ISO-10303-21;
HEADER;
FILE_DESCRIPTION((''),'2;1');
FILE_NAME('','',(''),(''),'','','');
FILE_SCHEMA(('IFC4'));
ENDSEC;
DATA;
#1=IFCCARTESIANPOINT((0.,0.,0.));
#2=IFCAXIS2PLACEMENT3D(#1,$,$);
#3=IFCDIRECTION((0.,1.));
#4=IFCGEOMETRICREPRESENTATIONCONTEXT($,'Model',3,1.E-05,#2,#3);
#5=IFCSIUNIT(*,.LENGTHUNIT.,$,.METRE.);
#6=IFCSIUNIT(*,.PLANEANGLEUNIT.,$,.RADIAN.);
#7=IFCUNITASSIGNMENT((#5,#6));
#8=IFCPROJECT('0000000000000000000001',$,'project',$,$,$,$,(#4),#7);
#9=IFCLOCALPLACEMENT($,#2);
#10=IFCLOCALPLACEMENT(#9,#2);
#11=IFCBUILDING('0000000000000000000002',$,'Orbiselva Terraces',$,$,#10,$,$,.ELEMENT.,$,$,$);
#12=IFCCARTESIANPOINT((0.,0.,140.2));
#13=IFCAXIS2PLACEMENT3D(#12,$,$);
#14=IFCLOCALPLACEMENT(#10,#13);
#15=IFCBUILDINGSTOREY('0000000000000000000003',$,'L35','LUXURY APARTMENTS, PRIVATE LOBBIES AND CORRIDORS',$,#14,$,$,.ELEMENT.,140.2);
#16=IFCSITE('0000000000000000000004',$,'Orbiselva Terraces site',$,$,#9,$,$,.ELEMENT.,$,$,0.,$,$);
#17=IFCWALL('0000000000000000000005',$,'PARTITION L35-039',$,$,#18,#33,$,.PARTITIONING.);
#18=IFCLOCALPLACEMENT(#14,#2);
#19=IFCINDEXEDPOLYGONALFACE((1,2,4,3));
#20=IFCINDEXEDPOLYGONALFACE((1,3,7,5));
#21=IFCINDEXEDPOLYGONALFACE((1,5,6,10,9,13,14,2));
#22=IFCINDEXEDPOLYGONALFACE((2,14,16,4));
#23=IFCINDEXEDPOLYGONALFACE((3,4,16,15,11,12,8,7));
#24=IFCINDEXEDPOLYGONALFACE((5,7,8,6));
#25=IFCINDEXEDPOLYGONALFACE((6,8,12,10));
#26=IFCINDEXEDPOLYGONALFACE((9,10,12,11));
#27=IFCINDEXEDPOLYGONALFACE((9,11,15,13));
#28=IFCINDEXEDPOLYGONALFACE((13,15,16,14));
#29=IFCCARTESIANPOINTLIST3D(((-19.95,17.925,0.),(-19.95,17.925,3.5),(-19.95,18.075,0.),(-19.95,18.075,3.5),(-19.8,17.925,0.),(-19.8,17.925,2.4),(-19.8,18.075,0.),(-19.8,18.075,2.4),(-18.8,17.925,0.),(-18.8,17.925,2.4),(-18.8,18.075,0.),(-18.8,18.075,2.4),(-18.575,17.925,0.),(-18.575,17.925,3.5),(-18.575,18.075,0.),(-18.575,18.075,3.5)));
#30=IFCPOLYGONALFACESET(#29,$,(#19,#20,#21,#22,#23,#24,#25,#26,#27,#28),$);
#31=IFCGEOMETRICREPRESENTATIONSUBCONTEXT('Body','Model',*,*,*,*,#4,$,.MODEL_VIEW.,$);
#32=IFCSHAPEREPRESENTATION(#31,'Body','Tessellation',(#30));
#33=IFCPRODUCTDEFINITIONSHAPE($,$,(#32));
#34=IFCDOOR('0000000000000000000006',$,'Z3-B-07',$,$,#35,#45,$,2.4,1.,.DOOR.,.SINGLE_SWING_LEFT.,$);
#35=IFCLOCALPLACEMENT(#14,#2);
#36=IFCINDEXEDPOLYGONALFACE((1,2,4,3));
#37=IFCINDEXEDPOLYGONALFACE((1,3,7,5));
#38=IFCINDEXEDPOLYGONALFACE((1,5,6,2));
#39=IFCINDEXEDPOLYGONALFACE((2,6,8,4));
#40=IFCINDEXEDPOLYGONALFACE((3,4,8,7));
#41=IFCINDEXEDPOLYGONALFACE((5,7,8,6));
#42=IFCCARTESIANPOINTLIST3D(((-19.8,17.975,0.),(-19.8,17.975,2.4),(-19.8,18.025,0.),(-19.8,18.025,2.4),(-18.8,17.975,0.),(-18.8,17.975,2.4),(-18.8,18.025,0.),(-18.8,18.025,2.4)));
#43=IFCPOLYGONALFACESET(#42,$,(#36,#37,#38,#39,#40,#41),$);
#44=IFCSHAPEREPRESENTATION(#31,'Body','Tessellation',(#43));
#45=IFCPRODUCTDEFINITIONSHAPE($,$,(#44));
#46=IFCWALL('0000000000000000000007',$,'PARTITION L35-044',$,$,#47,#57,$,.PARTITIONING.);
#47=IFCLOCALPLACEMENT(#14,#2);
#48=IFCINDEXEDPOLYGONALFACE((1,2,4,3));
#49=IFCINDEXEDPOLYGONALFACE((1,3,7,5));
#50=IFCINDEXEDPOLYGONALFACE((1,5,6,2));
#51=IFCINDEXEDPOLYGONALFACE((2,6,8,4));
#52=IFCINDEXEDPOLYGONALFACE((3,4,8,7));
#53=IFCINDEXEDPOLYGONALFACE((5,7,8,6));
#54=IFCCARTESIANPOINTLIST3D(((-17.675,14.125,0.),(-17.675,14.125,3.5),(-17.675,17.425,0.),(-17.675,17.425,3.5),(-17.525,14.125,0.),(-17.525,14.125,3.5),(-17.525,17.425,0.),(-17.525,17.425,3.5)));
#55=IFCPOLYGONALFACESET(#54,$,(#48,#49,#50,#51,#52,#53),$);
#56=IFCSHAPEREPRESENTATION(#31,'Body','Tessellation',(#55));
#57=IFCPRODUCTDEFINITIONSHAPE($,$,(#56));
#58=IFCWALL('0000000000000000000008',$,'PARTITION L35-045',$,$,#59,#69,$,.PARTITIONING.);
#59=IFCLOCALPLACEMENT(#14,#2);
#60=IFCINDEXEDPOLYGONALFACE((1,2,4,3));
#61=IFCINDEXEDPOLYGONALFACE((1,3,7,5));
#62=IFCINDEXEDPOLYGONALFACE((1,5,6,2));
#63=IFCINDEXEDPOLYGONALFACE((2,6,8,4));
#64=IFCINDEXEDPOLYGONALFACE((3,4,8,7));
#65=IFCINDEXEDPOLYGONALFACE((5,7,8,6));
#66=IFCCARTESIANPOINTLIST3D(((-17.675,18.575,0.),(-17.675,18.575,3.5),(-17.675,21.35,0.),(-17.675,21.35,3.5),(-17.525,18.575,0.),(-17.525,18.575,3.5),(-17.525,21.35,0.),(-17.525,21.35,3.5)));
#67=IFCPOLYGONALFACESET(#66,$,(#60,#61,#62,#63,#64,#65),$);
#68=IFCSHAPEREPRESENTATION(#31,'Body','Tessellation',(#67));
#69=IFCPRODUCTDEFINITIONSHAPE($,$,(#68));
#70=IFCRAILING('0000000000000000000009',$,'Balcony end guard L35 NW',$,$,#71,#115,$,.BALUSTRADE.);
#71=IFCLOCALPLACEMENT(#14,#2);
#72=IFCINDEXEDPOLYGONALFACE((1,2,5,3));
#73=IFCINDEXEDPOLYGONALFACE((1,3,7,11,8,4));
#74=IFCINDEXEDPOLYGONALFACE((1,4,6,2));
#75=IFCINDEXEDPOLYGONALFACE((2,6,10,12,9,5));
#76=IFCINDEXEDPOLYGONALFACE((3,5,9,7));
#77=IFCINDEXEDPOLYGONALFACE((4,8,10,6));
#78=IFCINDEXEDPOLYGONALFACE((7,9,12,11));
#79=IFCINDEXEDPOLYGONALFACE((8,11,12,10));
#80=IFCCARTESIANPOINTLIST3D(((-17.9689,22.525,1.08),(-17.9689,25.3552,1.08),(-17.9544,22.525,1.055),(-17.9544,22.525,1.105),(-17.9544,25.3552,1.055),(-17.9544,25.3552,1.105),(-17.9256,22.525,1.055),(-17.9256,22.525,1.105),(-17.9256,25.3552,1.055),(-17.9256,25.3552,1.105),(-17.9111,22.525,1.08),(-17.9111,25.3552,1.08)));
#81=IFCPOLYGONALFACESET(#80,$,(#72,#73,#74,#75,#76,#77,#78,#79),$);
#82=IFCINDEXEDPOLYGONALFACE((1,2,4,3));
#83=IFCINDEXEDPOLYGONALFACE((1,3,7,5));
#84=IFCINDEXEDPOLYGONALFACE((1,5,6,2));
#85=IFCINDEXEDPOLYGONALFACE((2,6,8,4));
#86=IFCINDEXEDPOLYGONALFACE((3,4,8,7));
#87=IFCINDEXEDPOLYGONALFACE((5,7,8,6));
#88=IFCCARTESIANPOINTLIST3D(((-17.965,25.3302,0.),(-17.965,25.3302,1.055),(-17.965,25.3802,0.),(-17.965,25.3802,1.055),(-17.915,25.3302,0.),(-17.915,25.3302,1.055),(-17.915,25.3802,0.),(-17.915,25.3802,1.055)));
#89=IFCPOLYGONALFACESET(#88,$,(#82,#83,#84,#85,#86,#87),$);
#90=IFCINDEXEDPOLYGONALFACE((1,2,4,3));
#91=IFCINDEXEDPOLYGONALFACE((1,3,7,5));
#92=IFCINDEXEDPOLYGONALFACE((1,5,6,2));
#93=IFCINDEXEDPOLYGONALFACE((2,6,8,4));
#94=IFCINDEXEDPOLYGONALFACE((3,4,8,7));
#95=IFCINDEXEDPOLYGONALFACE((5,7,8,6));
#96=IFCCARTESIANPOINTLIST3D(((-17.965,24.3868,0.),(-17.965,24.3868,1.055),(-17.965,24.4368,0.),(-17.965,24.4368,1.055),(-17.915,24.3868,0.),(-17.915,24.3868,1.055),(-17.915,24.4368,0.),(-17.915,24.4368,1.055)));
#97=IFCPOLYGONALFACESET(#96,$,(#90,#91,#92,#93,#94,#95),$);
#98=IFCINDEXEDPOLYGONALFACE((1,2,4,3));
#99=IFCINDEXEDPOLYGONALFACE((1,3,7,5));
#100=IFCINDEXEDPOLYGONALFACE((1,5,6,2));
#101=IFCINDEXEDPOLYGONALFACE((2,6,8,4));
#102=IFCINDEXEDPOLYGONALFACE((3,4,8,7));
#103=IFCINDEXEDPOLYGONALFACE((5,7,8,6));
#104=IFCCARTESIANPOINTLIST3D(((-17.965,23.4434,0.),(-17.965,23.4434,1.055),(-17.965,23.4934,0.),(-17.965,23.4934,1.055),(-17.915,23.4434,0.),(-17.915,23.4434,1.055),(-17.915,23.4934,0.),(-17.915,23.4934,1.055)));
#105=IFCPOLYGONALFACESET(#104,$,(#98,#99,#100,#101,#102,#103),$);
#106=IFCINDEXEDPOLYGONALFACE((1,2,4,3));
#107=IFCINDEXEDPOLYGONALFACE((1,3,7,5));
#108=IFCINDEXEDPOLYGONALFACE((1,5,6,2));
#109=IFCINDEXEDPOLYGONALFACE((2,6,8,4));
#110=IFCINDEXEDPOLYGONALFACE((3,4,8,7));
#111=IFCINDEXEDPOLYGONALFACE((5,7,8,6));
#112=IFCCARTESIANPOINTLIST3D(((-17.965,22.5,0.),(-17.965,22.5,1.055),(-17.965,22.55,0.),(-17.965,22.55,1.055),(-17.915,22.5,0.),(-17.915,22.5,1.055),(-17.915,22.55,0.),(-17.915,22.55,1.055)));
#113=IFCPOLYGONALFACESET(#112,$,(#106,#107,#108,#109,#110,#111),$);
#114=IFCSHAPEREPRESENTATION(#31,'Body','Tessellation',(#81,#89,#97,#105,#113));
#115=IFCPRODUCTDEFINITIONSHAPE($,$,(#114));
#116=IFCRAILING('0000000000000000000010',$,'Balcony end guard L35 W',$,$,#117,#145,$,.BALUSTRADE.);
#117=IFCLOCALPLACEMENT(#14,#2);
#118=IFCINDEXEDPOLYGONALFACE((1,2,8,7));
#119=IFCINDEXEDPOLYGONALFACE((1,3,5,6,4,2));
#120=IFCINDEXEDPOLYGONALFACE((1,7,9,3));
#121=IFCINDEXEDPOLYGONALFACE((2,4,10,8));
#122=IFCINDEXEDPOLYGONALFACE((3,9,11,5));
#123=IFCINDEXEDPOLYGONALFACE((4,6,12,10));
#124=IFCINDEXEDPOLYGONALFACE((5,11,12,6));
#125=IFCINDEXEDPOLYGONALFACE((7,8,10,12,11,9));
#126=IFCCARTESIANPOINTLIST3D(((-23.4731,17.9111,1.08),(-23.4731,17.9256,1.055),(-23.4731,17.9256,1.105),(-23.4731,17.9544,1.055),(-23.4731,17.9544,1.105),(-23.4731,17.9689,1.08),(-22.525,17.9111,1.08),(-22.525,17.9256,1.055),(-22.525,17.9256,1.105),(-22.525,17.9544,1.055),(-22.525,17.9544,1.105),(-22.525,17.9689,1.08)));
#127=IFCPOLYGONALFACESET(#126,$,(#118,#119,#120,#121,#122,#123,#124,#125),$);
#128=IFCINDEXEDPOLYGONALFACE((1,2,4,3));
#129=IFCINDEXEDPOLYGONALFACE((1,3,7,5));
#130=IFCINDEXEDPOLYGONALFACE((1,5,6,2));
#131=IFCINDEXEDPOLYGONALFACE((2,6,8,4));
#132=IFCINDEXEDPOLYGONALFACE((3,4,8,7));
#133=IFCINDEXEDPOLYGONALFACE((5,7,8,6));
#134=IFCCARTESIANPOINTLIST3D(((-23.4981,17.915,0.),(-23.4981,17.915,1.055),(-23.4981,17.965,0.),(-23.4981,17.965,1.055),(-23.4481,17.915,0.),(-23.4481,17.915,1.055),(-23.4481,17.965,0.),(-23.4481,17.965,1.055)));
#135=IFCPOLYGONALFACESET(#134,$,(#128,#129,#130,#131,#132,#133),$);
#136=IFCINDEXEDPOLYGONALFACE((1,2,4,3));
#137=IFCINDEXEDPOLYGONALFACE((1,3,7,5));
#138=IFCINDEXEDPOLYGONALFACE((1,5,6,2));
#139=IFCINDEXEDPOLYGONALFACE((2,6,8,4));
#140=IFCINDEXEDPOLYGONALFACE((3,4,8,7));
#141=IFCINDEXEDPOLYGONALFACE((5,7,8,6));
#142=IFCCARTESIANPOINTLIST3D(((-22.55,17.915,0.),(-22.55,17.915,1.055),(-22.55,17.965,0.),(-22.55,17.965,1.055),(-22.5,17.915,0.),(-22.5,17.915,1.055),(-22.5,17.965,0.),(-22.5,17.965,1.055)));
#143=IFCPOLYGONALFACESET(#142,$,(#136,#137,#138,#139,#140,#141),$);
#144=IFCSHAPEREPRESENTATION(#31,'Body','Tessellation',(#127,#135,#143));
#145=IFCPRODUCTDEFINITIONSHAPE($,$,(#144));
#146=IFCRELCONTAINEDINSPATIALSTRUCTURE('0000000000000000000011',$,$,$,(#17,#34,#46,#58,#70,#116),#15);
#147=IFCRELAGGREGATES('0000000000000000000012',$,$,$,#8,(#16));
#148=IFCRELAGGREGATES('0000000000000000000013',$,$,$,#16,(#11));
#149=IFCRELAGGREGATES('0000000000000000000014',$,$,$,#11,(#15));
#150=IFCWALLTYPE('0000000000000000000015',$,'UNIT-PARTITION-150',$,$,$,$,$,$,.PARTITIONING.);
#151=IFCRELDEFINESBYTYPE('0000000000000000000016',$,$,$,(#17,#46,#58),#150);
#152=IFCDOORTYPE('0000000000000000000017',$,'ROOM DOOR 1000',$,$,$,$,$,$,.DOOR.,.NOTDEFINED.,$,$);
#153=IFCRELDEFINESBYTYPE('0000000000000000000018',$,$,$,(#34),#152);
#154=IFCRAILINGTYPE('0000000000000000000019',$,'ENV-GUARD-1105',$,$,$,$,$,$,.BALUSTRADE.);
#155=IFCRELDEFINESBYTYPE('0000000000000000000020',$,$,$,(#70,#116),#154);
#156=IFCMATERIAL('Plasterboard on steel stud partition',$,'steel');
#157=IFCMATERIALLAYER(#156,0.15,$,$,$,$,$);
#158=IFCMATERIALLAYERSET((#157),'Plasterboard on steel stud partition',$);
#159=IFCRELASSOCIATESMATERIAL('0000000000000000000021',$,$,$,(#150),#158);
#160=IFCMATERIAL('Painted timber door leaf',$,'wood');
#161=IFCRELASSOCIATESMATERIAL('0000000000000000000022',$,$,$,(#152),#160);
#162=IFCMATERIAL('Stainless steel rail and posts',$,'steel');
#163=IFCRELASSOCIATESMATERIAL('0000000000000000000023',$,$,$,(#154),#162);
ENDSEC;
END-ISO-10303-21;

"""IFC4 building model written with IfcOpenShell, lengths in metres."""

from ifc_helpers import new_model, si_unit, direction, frame, frame_2d, origin, origin_2d, place, context, subcontext, project, spatial, polyline, rectangle, outline, extrude, material, layer, layer_set, type_object, element, fill, save


model = new_model("IFC4")

# Units and contexts
model_context = context("Model", 3, precision=1e-05, world=origin(), true_north=direction((0.0, 1.0)))
body_context = subcontext(model_context, "Body", "Model", "MODEL_VIEW")
ifc_project = project(units=[si_unit("LENGTHUNIT", "METRE"), si_unit("PLANEANGLEUNIT", "RADIAN")], contexts=[model_context])

# Site, building, storey
site_placement = place(None, origin())
site = spatial("IfcSite", under=ifc_project, at=site_placement, Name="Orbiselva Terraces site", CompositionType="ELEMENT", RefElevation=0.0)
building_placement = place(site_placement, origin())
building = spatial("IfcBuilding", under=site, at=building_placement, Name="Orbiselva Terraces", CompositionType="ELEMENT")
storey_placement = place(building_placement, frame((0.0, 0.0, 140.2)))
storey = spatial("IfcBuildingStorey", under=building, at=storey_placement, Name="L35", Description="LUXURY APARTMENTS, PRIVATE LOBBIES AND CORRIDORS", CompositionType="ELEMENT", Elevation=140.2)

# Wall, opening, door
ifc_material_1 = material(Name="Plasterboard on steel stud partition", Category="steel")
ifc_material_2 = material(Name="Painted timber door leaf", Category="wood")
ifc_layer_1 = layer(ifc_material_1, 0.15)
ifc_layer_set_1 = layer_set([ifc_layer_1], Name="Plasterboard on steel stud partition")
wall_type_1 = type_object("IfcWallType", Name="UNIT-PARTITION-150", PredefinedType="PARTITIONING", material=ifc_layer_set_1)
wall_1_placement = place(storey_placement, frame((-19.95, 18.0, 0.0), z_axis=(0.0, 0.0, 1.0), x_axis=(1.0, 0.0, 0.0)))
wall_1 = element("IfcWall", 1, at=wall_1_placement, inside=storey, type_object=wall_type_1, Name="PARTITION L35-039", PredefinedType="PARTITIONING", context=body_context, shape_type="SweptSolid", body=[
    extrude(rectangle(XDim=1.375, YDim=0.15, at=frame_2d((0.6875, 0.0))), origin(), (0.0, 0.0, 1.0), 3.5),
])
opening_1_placement = place(wall_1_placement, frame((0.15, 0.0, 0.0)))
opening_1 = element("IfcOpeningElement", 2, at=opening_1_placement, cuts=wall_1, PredefinedType="OPENING", context=body_context, shape_type="SweptSolid", body=[
    extrude(rectangle(XDim=1.0, YDim=2.4, at=frame_2d((0.5, 1.2))), frame((0.0, 0.085, 0.0), z_axis=(0.0, -1.0, 0.0), x_axis=(1.0, 0.0, 0.0)), (0.0, 0.0, 1.0), 0.17),
])
door_type_1 = type_object("IfcDoorType", Name="ROOM DOOR 1000", OperationType="NOTDEFINED", PredefinedType="DOOR", material=ifc_material_2)
door_1_placement = place(opening_1_placement, origin())
door_1 = element("IfcDoor", 3, at=door_1_placement, inside=storey, type_object=door_type_1, Name="Z3-B-07", OperationType="SINGLE_SWING_LEFT", OverallHeight=2.4, OverallWidth=1.0, PredefinedType="DOOR", context=body_context, shape_type="SweptSolid", body=[
    extrude(rectangle(XDim=1.0, YDim=2.4, at=frame_2d((0.5, 1.2))), frame((0.0, 0.025, 0.0), z_axis=(0.0, -1.0, 0.0), x_axis=(1.0, 0.0, 0.0)), (0.0, 0.0, 1.0), 0.05),
])
fill(opening_1, door_1)

# Walls
wall_2_placement = place(storey_placement, frame((-17.6, 14.125, 0.0), z_axis=(0.0, 0.0, 1.0), x_axis=(0.0, 1.0, 0.0)))
element("IfcWall", 4, at=wall_2_placement, inside=storey, type_object=wall_type_1, Name="PARTITION L35-044", PredefinedType="PARTITIONING", context=body_context, shape_type="SweptSolid", body=[
    extrude(rectangle(XDim=3.3, YDim=0.15, at=frame_2d((1.65, 0.0))), origin(), (0.0, 0.0, 1.0), 3.5),
])
wall_3_placement = place(storey_placement, frame((-17.6, 18.575, 0.0), z_axis=(0.0, 0.0, 1.0), x_axis=(0.0, 1.0, 0.0)))
element("IfcWall", 5, at=wall_3_placement, inside=storey, type_object=wall_type_1, Name="PARTITION L35-045", PredefinedType="PARTITIONING", context=body_context, shape_type="SweptSolid", body=[
    extrude(rectangle(XDim=2.775, YDim=0.15, at=frame_2d((1.3875, 0.0))), origin(), (0.0, 0.0, 1.0), 3.5),
])

# Railings
ifc_material_3 = material(Name="Stainless steel rail and posts", Category="steel")
railing_type_1 = type_object("IfcRailingType", Name="ENV-GUARD-1105", PredefinedType="BALUSTRADE", material=ifc_material_3)
railing_1_placement = place(storey_placement, frame((-17.94, 25.3552, 0.0)))
element("IfcRailing", 6, at=railing_1_placement, inside=storey, type_object=railing_type_1, Name="Balcony end guard L35 NW", PredefinedType="BALUSTRADE", context=body_context, shape_type="SweptSolid", body=[
    extrude(outline(polyline([(0.0289, 0.0), (0.0144, 0.025), (-0.0144, 0.025), (-0.0289, 0.0), (-0.0144, -0.025), (0.0144, -0.025), (0.0289, 0.0)])), frame((0.0, 0.0, 1.08), z_axis=(0.0, -1.0, 0.0), x_axis=(1.0, 0.0, 0.0)), (0.0, 0.0, 1.0), 2.8302),
    extrude(rectangle(XDim=0.05, YDim=0.05, at=origin_2d()), origin(), (0.0, 0.0, 1.0), 1.055),
    extrude(rectangle(XDim=0.05, YDim=0.05, at=origin_2d()), frame((0.0, -0.9434, 0.0)), (0.0, 0.0, 1.0), 1.055),
    extrude(rectangle(XDim=0.05, YDim=0.05, at=origin_2d()), frame((0.0, -1.8868, 0.0)), (0.0, 0.0, 1.0), 1.055),
    extrude(rectangle(XDim=0.05, YDim=0.05, at=origin_2d()), frame((0.0, -2.8302, 0.0)), (0.0, 0.0, 1.0), 1.055),
])
railing_2_placement = place(storey_placement, frame((-23.4731, 17.94, 0.0)))
element("IfcRailing", 7, at=railing_2_placement, inside=storey, type_object=railing_type_1, Name="Balcony end guard L35 W", PredefinedType="BALUSTRADE", context=body_context, shape_type="SweptSolid", body=[
    extrude(outline(polyline([(0.0289, 0.0), (0.0144, 0.025), (-0.0144, 0.025), (-0.0289, 0.0), (-0.0144, -0.025), (0.0144, -0.025), (0.0289, 0.0)])), frame((0.0, 0.0, 1.08), z_axis=(1.0, 0.0, 0.0), x_axis=(0.0, 1.0, 0.0)), (0.0, 0.0, 1.0), 0.9481),
    extrude(rectangle(XDim=0.05, YDim=0.05, at=origin_2d()), origin(), (0.0, 0.0, 1.0), 1.055),
    extrude(rectangle(XDim=0.05, YDim=0.05, at=origin_2d()), frame((0.9481, 0.0, 0.0)), (0.0, 0.0, 1.0), 1.055),
])

save(model, "model.ifc")
